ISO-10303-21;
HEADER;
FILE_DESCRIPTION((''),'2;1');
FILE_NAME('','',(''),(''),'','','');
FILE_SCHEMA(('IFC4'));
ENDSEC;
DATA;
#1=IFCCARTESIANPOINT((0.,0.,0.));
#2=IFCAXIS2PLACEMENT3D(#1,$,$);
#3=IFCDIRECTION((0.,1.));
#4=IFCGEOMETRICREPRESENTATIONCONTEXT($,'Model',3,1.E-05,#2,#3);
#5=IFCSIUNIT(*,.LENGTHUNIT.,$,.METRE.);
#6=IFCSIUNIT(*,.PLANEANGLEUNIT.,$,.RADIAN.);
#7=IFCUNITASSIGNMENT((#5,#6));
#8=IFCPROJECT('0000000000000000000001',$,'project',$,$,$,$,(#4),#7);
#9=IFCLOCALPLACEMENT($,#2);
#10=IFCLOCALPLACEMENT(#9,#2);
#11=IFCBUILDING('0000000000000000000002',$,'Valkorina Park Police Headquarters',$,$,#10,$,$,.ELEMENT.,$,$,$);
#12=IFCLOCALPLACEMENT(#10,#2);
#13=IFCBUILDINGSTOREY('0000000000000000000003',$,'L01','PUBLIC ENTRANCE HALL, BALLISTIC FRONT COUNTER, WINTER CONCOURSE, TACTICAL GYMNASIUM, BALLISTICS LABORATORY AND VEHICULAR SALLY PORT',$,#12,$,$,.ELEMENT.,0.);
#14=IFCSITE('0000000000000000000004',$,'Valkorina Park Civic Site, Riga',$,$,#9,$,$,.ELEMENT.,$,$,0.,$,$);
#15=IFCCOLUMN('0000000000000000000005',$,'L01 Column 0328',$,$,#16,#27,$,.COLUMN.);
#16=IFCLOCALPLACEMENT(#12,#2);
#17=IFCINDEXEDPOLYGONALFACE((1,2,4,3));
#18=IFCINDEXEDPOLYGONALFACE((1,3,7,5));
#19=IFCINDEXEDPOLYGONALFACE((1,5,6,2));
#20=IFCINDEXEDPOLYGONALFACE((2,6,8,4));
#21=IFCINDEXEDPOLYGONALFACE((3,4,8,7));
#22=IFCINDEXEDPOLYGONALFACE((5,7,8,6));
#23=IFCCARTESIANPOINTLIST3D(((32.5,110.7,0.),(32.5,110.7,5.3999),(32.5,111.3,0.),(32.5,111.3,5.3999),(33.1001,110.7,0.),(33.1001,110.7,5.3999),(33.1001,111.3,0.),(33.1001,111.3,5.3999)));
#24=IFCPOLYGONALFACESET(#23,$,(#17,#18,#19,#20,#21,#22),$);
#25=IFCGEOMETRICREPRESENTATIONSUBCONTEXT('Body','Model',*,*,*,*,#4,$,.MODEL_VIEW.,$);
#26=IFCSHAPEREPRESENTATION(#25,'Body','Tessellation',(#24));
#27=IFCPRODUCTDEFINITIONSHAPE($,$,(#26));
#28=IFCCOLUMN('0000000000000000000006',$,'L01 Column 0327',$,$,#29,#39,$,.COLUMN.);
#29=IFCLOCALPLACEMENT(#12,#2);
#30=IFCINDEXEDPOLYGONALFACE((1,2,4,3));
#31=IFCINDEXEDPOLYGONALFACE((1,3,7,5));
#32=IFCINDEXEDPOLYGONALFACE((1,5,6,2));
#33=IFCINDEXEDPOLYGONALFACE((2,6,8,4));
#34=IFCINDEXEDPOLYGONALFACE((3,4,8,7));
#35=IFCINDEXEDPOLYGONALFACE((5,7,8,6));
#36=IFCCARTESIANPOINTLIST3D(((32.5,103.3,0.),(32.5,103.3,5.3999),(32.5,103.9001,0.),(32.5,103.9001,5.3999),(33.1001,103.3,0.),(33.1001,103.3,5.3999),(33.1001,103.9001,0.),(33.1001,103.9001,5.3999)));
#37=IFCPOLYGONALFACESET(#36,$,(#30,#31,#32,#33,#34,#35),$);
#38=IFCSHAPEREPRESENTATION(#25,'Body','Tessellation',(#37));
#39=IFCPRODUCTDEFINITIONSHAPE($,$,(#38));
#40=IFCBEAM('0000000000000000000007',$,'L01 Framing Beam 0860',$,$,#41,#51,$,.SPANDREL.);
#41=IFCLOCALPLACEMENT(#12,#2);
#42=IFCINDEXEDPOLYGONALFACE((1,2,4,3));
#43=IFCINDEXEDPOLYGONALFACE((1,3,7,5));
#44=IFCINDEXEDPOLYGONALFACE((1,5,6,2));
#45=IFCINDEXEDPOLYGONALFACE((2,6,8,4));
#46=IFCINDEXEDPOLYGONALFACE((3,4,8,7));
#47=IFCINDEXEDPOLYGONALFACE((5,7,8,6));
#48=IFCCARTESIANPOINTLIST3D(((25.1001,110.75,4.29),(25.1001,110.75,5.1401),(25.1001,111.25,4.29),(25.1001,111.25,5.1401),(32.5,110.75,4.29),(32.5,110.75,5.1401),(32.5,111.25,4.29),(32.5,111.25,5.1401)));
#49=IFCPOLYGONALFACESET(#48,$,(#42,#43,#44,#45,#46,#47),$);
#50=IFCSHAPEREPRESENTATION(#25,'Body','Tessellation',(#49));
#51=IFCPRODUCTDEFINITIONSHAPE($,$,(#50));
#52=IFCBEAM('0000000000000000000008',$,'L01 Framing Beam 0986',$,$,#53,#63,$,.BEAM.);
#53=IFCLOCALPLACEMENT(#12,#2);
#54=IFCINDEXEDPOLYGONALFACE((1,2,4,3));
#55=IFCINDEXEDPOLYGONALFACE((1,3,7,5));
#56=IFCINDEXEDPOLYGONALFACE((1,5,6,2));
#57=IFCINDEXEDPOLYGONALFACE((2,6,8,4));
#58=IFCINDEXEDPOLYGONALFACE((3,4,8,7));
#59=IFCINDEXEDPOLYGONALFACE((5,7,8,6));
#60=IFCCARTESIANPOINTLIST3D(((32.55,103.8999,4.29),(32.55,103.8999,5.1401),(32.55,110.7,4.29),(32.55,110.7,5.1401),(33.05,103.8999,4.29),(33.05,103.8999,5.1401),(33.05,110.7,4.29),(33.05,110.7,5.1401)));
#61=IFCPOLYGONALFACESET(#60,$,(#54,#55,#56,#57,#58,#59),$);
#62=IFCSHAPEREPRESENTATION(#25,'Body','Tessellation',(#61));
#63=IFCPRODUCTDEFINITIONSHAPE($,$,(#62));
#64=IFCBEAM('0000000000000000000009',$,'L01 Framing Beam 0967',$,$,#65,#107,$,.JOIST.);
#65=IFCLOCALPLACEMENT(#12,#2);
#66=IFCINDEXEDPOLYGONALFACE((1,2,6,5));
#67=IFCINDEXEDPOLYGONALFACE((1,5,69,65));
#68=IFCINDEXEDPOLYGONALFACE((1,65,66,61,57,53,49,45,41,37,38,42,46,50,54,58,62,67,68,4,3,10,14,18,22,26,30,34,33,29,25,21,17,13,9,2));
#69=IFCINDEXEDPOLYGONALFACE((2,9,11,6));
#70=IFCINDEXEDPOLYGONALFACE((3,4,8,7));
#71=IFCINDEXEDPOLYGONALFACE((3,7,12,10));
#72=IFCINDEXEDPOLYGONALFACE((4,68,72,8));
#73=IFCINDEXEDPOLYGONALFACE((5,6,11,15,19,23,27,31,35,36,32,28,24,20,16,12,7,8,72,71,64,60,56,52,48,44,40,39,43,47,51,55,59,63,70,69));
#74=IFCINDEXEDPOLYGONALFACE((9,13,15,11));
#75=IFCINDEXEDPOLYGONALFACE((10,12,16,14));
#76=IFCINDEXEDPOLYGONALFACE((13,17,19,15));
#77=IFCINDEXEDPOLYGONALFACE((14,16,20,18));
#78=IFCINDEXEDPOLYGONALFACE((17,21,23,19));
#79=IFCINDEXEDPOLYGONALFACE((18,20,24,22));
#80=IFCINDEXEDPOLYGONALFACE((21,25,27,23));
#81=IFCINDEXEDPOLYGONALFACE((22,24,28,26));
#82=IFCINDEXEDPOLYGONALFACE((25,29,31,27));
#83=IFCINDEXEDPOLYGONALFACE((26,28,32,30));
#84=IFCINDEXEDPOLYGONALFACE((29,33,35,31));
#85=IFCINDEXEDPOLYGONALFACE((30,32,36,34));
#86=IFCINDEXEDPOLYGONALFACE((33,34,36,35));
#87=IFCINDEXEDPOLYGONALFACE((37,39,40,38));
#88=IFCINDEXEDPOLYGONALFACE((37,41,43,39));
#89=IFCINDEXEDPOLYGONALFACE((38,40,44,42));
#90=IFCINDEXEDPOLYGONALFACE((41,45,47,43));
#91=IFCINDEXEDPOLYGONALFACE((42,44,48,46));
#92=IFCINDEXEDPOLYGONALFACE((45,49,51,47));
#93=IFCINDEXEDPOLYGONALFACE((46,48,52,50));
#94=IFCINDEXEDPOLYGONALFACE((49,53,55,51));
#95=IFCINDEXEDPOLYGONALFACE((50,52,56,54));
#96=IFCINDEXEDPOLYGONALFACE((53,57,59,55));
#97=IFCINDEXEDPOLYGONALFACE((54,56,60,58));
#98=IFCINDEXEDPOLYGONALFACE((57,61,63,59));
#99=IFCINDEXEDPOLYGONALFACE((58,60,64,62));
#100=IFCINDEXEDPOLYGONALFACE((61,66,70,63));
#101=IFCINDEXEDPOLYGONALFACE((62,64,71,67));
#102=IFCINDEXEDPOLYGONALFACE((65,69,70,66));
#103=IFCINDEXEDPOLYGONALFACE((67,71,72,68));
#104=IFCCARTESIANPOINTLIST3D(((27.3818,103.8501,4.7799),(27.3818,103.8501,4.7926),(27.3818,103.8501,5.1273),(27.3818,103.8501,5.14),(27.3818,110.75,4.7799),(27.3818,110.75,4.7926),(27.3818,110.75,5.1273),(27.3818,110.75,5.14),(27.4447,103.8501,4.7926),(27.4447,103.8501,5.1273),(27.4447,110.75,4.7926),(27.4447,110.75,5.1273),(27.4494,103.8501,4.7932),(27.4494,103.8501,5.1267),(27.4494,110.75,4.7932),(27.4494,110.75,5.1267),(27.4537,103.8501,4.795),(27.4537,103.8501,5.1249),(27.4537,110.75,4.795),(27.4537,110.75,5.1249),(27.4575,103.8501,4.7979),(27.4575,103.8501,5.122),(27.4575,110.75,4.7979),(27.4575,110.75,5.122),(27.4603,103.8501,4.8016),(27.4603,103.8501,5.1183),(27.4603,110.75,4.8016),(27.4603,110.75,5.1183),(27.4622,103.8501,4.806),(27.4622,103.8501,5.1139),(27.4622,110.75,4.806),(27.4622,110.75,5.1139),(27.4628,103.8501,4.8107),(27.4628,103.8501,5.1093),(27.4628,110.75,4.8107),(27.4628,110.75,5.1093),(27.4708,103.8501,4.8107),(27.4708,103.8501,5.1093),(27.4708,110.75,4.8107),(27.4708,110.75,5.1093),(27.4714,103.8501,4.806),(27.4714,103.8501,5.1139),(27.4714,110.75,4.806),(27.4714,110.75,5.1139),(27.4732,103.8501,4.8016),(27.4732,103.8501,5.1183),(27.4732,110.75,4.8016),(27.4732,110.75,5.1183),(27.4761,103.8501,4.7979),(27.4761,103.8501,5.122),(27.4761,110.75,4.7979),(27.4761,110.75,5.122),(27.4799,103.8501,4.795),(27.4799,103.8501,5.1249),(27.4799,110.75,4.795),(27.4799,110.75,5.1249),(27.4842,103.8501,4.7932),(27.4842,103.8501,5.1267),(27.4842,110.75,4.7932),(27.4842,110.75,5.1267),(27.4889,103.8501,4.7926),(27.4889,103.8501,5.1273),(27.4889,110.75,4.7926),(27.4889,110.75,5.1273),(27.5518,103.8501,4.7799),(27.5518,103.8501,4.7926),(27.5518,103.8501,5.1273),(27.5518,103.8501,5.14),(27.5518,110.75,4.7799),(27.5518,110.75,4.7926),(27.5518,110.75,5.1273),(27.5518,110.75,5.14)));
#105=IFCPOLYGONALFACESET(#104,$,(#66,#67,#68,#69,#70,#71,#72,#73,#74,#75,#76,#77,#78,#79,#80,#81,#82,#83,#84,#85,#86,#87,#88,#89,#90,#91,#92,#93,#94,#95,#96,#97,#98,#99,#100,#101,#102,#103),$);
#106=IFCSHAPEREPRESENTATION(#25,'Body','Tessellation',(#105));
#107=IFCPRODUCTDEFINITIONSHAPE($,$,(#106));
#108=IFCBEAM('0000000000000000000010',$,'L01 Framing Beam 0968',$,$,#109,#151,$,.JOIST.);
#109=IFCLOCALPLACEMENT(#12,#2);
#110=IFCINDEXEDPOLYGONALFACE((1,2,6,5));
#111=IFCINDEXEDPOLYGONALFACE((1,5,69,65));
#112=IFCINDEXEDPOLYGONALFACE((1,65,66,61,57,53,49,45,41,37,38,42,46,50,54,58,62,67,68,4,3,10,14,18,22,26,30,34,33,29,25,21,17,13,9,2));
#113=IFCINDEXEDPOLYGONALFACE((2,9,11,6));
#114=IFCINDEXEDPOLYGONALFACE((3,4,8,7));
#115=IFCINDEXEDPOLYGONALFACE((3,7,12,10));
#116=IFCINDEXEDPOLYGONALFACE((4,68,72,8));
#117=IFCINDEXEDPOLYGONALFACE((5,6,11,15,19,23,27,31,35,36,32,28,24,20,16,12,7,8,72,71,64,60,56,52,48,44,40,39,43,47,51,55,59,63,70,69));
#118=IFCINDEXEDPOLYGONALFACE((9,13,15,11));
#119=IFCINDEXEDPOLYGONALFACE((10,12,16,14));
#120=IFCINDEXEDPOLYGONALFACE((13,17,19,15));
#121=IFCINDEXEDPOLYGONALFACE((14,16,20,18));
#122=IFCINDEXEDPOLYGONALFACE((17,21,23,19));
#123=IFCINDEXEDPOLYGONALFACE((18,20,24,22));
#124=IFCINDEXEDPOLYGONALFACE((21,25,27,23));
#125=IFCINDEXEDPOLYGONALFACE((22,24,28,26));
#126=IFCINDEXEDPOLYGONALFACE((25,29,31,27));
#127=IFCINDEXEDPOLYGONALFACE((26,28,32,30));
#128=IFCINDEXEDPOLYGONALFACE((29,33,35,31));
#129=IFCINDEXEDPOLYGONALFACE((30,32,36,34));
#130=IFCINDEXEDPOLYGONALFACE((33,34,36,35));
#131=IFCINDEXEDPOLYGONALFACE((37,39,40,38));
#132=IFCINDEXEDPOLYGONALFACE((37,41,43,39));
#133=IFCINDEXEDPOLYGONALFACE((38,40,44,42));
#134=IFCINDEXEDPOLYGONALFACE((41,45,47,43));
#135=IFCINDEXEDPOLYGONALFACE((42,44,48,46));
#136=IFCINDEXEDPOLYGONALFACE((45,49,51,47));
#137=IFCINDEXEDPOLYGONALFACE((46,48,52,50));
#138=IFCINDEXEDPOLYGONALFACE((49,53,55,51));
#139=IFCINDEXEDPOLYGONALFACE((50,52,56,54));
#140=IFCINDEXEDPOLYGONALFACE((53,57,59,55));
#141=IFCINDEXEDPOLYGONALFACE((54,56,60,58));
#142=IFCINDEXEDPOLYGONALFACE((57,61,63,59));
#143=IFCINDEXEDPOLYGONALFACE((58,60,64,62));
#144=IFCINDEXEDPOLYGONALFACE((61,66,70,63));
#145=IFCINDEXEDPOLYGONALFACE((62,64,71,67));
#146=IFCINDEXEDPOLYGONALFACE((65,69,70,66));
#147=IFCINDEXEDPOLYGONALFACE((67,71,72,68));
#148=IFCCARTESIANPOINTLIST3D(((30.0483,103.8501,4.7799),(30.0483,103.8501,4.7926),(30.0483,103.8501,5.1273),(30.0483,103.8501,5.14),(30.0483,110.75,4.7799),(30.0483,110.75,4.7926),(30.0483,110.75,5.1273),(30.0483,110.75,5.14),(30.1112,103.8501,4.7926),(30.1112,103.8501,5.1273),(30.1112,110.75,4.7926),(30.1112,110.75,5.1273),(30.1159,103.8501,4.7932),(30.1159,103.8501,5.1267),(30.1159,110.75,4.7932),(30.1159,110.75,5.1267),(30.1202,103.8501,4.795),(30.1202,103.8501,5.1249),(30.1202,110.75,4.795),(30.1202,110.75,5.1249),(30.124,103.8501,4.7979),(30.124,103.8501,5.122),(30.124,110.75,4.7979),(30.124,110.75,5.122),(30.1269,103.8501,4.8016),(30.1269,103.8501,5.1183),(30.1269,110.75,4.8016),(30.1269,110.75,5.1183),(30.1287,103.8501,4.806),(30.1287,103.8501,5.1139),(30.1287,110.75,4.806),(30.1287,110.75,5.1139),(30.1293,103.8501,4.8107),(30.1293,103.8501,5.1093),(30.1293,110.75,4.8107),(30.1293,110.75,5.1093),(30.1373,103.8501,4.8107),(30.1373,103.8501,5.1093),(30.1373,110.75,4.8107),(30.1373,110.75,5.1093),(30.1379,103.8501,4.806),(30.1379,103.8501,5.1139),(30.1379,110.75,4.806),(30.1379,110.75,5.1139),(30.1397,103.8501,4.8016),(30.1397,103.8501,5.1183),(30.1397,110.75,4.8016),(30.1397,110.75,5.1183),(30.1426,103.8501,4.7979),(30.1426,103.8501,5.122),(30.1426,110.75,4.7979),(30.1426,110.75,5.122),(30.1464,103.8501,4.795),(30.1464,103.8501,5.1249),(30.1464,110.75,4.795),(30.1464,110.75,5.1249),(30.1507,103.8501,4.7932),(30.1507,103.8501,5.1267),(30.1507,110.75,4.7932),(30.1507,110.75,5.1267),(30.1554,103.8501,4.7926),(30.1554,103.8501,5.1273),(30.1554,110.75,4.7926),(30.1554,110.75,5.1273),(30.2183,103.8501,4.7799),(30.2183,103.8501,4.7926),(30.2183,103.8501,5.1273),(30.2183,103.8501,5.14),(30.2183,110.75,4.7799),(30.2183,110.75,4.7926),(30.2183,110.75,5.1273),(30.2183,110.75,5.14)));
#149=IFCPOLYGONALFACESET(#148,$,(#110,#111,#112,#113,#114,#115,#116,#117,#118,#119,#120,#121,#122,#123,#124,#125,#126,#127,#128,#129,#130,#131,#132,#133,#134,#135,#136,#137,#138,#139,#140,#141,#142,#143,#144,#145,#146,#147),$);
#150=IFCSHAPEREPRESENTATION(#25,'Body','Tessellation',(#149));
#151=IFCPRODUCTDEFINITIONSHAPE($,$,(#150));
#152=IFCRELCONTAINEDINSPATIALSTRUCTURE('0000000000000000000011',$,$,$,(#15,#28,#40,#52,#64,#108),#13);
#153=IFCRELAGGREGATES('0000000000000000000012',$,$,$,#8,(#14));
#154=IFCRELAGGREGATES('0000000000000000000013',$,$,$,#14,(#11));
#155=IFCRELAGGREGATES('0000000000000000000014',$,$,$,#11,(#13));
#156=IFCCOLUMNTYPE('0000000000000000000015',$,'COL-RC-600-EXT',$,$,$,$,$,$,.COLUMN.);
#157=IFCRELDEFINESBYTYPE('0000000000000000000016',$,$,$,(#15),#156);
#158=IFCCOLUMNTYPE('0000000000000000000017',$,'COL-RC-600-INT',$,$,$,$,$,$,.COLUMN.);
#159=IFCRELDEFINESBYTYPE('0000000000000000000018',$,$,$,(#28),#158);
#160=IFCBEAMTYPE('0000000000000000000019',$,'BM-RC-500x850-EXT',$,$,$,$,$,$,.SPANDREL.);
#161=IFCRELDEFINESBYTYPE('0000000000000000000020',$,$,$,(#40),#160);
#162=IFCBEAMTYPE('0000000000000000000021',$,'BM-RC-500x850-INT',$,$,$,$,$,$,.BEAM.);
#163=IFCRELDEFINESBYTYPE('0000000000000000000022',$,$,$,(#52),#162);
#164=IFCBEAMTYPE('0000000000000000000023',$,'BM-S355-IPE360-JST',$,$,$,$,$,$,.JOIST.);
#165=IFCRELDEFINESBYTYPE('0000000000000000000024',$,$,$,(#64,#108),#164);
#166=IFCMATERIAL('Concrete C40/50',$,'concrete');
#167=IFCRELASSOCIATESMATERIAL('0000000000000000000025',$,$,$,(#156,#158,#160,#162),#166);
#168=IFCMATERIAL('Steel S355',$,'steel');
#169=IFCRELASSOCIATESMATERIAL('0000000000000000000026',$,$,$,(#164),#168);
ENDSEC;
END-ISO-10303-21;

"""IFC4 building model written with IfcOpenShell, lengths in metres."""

from ifc_helpers import new_model, si_unit, direction, frame, origin, origin_2d, place, context, subcontext, project, spatial, rectangle, i_section, extrude, material, material_profile, profile_set, type_object, element, save


model = new_model("IFC4")

# Units and contexts
model_context = context("Model", 3, precision=1e-05, world=origin(), true_north=direction((0.0, 1.0)))
body_context = subcontext(model_context, "Body", "Model", "MODEL_VIEW")
ifc_project = project(units=[si_unit("LENGTHUNIT", "METRE"), si_unit("PLANEANGLEUNIT", "RADIAN")], contexts=[model_context])

# Site, building, storey
site_placement = place(None, origin())
site = spatial("IfcSite", under=ifc_project, at=site_placement, Name="Valkorina Park Civic Site, Riga", CompositionType="ELEMENT", RefElevation=0.0)
building_placement = place(site_placement, origin())
building = spatial("IfcBuilding", under=site, at=building_placement, Name="Valkorina Park Police Headquarters", CompositionType="ELEMENT")
storey_placement = place(building_placement, origin())
storey = spatial("IfcBuildingStorey", under=building, at=storey_placement, Name="L01", Description="PUBLIC ENTRANCE HALL, BALLISTIC FRONT COUNTER, WINTER CONCOURSE, TACTICAL GYMNASIUM, BALLISTICS LABORATORY AND VEHICULAR SALLY PORT", CompositionType="ELEMENT", Elevation=0.0)

# Columns
ifc_material_1 = material(Name="Concrete C40/50", Category="concrete")
ifc_material_profile_1 = material_profile(ifc_material_1, rectangle(XDim=0.6001, YDim=0.6001, at=origin_2d()), Name="RC COL 600x600")
ifc_profile_set_1 = profile_set([ifc_material_profile_1], Name="Concrete C40/50")
column_type_1 = type_object("IfcColumnType", Name="COL-RC-600-EXT", PredefinedType="COLUMN", material=ifc_profile_set_1)
column_1_placement = place(storey_placement, frame((32.8, 111.0, 0.0), z_axis=(0.0, 0.0, 1.0), x_axis=(1.0, 0.0, 0.0)))
element("IfcColumn", 1, at=column_1_placement, inside=storey, type_object=column_type_1, Name="L01 Column 0328", PredefinedType="COLUMN", context=body_context, shape_type="SweptSolid", body=[
    extrude(rectangle(XDim=0.6001, YDim=0.6001, at=origin_2d()), origin(), (0.0, 0.0, 1.0), 5.3999),
])
ifc_material_profile_2 = material_profile(ifc_material_1, rectangle(XDim=0.6001, YDim=0.6001, at=origin_2d()), Name="RC COL 600x600")
ifc_profile_set_2 = profile_set([ifc_material_profile_2], Name="Concrete C40/50")
column_type_2 = type_object("IfcColumnType", Name="COL-RC-600-INT", PredefinedType="COLUMN", material=ifc_profile_set_2)
column_2_placement = place(storey_placement, frame((32.8, 103.6001, 0.0), z_axis=(0.0, 0.0, 1.0), x_axis=(1.0, 0.0, 0.0)))
element("IfcColumn", 2, at=column_2_placement, inside=storey, type_object=column_type_2, Name="L01 Column 0327", PredefinedType="COLUMN", context=body_context, shape_type="SweptSolid", body=[
    extrude(rectangle(XDim=0.6001, YDim=0.6001, at=origin_2d()), origin(), (0.0, 0.0, 1.0), 5.3999),
])

# Beams
ifc_material_profile_3 = material_profile(ifc_material_1, rectangle(XDim=0.5, YDim=0.8501, at=origin_2d()), Name="RC BEAM 500x850")
ifc_profile_set_3 = profile_set([ifc_material_profile_3], Name="Concrete C40/50")
beam_type_1 = type_object("IfcBeamType", Name="BM-RC-500x850-EXT", PredefinedType="SPANDREL", material=ifc_profile_set_3)
beam_1_placement = place(storey_placement, frame((25.1001, 111.0, 4.7151), z_axis=(1.0, 0.0, 0.0), x_axis=(0.0, 1.0, 0.0)))
element("IfcBeam", 3, at=beam_1_placement, inside=storey, type_object=beam_type_1, Name="L01 Framing Beam 0860", PredefinedType="SPANDREL", context=body_context, shape_type="SweptSolid", body=[
    extrude(rectangle(XDim=0.5, YDim=0.8501, at=origin_2d()), origin(), (0.0, 0.0, 1.0), 7.3999),
])
ifc_material_profile_4 = material_profile(ifc_material_1, rectangle(XDim=0.5, YDim=0.8501, at=origin_2d()), Name="RC BEAM 500x850")
ifc_profile_set_4 = profile_set([ifc_material_profile_4], Name="Concrete C40/50")
beam_type_2 = type_object("IfcBeamType", Name="BM-RC-500x850-INT", PredefinedType="BEAM", material=ifc_profile_set_4)
beam_2_placement = place(storey_placement, frame((32.8, 103.8999, 4.7151), z_axis=(0.0, 1.0, 0.0), x_axis=(-1.0, 0.0, 0.0)))
element("IfcBeam", 4, at=beam_2_placement, inside=storey, type_object=beam_type_2, Name="L01 Framing Beam 0986", PredefinedType="BEAM", context=body_context, shape_type="SweptSolid", body=[
    extrude(rectangle(XDim=0.5, YDim=0.8501, at=origin_2d()), origin(), (0.0, 0.0, 1.0), 6.8),
])
ifc_material_2 = material(Name="Steel S355", Category="steel")
ifc_material_profile_5 = material_profile(ifc_material_2, i_section(OverallWidth=0.1699, OverallDepth=0.3601, WebThickness=0.0081, FlangeThickness=0.0127, FilletRadius=0.0181, at=origin_2d()), Name="IPE 360")
ifc_profile_set_5 = profile_set([ifc_material_profile_5], Name="Steel S355")
beam_type_3 = type_object("IfcBeamType", Name="BM-S355-IPE360-JST", PredefinedType="JOIST", material=ifc_profile_set_5)
for number, where, z_axis, x_axis, name in (
    (5, (27.4668, 103.8501, 4.96), (0.0, 1.0, 0.0), (-1.0, 0.0, 0.0), "L01 Framing Beam 0967"),
    (6, (30.1333, 103.8501, 4.96), (0.0, 1.0, 0.0), (-1.0, 0.0, 0.0), "L01 Framing Beam 0968"),
):
    element("IfcBeam", number, at=place(storey_placement, frame(where, z_axis=z_axis, x_axis=x_axis)), inside=storey, type_object=beam_type_3, Name=name, PredefinedType="JOIST", context=body_context, shape_type="SweptSolid", body=[
        extrude(i_section(OverallWidth=0.1699, OverallDepth=0.3601, WebThickness=0.0081, FlangeThickness=0.0127, FilletRadius=0.0181, at=origin_2d()), origin(), (0.0, 0.0, 1.0), 6.8999),
    ])

save(model, "model.ifc")
